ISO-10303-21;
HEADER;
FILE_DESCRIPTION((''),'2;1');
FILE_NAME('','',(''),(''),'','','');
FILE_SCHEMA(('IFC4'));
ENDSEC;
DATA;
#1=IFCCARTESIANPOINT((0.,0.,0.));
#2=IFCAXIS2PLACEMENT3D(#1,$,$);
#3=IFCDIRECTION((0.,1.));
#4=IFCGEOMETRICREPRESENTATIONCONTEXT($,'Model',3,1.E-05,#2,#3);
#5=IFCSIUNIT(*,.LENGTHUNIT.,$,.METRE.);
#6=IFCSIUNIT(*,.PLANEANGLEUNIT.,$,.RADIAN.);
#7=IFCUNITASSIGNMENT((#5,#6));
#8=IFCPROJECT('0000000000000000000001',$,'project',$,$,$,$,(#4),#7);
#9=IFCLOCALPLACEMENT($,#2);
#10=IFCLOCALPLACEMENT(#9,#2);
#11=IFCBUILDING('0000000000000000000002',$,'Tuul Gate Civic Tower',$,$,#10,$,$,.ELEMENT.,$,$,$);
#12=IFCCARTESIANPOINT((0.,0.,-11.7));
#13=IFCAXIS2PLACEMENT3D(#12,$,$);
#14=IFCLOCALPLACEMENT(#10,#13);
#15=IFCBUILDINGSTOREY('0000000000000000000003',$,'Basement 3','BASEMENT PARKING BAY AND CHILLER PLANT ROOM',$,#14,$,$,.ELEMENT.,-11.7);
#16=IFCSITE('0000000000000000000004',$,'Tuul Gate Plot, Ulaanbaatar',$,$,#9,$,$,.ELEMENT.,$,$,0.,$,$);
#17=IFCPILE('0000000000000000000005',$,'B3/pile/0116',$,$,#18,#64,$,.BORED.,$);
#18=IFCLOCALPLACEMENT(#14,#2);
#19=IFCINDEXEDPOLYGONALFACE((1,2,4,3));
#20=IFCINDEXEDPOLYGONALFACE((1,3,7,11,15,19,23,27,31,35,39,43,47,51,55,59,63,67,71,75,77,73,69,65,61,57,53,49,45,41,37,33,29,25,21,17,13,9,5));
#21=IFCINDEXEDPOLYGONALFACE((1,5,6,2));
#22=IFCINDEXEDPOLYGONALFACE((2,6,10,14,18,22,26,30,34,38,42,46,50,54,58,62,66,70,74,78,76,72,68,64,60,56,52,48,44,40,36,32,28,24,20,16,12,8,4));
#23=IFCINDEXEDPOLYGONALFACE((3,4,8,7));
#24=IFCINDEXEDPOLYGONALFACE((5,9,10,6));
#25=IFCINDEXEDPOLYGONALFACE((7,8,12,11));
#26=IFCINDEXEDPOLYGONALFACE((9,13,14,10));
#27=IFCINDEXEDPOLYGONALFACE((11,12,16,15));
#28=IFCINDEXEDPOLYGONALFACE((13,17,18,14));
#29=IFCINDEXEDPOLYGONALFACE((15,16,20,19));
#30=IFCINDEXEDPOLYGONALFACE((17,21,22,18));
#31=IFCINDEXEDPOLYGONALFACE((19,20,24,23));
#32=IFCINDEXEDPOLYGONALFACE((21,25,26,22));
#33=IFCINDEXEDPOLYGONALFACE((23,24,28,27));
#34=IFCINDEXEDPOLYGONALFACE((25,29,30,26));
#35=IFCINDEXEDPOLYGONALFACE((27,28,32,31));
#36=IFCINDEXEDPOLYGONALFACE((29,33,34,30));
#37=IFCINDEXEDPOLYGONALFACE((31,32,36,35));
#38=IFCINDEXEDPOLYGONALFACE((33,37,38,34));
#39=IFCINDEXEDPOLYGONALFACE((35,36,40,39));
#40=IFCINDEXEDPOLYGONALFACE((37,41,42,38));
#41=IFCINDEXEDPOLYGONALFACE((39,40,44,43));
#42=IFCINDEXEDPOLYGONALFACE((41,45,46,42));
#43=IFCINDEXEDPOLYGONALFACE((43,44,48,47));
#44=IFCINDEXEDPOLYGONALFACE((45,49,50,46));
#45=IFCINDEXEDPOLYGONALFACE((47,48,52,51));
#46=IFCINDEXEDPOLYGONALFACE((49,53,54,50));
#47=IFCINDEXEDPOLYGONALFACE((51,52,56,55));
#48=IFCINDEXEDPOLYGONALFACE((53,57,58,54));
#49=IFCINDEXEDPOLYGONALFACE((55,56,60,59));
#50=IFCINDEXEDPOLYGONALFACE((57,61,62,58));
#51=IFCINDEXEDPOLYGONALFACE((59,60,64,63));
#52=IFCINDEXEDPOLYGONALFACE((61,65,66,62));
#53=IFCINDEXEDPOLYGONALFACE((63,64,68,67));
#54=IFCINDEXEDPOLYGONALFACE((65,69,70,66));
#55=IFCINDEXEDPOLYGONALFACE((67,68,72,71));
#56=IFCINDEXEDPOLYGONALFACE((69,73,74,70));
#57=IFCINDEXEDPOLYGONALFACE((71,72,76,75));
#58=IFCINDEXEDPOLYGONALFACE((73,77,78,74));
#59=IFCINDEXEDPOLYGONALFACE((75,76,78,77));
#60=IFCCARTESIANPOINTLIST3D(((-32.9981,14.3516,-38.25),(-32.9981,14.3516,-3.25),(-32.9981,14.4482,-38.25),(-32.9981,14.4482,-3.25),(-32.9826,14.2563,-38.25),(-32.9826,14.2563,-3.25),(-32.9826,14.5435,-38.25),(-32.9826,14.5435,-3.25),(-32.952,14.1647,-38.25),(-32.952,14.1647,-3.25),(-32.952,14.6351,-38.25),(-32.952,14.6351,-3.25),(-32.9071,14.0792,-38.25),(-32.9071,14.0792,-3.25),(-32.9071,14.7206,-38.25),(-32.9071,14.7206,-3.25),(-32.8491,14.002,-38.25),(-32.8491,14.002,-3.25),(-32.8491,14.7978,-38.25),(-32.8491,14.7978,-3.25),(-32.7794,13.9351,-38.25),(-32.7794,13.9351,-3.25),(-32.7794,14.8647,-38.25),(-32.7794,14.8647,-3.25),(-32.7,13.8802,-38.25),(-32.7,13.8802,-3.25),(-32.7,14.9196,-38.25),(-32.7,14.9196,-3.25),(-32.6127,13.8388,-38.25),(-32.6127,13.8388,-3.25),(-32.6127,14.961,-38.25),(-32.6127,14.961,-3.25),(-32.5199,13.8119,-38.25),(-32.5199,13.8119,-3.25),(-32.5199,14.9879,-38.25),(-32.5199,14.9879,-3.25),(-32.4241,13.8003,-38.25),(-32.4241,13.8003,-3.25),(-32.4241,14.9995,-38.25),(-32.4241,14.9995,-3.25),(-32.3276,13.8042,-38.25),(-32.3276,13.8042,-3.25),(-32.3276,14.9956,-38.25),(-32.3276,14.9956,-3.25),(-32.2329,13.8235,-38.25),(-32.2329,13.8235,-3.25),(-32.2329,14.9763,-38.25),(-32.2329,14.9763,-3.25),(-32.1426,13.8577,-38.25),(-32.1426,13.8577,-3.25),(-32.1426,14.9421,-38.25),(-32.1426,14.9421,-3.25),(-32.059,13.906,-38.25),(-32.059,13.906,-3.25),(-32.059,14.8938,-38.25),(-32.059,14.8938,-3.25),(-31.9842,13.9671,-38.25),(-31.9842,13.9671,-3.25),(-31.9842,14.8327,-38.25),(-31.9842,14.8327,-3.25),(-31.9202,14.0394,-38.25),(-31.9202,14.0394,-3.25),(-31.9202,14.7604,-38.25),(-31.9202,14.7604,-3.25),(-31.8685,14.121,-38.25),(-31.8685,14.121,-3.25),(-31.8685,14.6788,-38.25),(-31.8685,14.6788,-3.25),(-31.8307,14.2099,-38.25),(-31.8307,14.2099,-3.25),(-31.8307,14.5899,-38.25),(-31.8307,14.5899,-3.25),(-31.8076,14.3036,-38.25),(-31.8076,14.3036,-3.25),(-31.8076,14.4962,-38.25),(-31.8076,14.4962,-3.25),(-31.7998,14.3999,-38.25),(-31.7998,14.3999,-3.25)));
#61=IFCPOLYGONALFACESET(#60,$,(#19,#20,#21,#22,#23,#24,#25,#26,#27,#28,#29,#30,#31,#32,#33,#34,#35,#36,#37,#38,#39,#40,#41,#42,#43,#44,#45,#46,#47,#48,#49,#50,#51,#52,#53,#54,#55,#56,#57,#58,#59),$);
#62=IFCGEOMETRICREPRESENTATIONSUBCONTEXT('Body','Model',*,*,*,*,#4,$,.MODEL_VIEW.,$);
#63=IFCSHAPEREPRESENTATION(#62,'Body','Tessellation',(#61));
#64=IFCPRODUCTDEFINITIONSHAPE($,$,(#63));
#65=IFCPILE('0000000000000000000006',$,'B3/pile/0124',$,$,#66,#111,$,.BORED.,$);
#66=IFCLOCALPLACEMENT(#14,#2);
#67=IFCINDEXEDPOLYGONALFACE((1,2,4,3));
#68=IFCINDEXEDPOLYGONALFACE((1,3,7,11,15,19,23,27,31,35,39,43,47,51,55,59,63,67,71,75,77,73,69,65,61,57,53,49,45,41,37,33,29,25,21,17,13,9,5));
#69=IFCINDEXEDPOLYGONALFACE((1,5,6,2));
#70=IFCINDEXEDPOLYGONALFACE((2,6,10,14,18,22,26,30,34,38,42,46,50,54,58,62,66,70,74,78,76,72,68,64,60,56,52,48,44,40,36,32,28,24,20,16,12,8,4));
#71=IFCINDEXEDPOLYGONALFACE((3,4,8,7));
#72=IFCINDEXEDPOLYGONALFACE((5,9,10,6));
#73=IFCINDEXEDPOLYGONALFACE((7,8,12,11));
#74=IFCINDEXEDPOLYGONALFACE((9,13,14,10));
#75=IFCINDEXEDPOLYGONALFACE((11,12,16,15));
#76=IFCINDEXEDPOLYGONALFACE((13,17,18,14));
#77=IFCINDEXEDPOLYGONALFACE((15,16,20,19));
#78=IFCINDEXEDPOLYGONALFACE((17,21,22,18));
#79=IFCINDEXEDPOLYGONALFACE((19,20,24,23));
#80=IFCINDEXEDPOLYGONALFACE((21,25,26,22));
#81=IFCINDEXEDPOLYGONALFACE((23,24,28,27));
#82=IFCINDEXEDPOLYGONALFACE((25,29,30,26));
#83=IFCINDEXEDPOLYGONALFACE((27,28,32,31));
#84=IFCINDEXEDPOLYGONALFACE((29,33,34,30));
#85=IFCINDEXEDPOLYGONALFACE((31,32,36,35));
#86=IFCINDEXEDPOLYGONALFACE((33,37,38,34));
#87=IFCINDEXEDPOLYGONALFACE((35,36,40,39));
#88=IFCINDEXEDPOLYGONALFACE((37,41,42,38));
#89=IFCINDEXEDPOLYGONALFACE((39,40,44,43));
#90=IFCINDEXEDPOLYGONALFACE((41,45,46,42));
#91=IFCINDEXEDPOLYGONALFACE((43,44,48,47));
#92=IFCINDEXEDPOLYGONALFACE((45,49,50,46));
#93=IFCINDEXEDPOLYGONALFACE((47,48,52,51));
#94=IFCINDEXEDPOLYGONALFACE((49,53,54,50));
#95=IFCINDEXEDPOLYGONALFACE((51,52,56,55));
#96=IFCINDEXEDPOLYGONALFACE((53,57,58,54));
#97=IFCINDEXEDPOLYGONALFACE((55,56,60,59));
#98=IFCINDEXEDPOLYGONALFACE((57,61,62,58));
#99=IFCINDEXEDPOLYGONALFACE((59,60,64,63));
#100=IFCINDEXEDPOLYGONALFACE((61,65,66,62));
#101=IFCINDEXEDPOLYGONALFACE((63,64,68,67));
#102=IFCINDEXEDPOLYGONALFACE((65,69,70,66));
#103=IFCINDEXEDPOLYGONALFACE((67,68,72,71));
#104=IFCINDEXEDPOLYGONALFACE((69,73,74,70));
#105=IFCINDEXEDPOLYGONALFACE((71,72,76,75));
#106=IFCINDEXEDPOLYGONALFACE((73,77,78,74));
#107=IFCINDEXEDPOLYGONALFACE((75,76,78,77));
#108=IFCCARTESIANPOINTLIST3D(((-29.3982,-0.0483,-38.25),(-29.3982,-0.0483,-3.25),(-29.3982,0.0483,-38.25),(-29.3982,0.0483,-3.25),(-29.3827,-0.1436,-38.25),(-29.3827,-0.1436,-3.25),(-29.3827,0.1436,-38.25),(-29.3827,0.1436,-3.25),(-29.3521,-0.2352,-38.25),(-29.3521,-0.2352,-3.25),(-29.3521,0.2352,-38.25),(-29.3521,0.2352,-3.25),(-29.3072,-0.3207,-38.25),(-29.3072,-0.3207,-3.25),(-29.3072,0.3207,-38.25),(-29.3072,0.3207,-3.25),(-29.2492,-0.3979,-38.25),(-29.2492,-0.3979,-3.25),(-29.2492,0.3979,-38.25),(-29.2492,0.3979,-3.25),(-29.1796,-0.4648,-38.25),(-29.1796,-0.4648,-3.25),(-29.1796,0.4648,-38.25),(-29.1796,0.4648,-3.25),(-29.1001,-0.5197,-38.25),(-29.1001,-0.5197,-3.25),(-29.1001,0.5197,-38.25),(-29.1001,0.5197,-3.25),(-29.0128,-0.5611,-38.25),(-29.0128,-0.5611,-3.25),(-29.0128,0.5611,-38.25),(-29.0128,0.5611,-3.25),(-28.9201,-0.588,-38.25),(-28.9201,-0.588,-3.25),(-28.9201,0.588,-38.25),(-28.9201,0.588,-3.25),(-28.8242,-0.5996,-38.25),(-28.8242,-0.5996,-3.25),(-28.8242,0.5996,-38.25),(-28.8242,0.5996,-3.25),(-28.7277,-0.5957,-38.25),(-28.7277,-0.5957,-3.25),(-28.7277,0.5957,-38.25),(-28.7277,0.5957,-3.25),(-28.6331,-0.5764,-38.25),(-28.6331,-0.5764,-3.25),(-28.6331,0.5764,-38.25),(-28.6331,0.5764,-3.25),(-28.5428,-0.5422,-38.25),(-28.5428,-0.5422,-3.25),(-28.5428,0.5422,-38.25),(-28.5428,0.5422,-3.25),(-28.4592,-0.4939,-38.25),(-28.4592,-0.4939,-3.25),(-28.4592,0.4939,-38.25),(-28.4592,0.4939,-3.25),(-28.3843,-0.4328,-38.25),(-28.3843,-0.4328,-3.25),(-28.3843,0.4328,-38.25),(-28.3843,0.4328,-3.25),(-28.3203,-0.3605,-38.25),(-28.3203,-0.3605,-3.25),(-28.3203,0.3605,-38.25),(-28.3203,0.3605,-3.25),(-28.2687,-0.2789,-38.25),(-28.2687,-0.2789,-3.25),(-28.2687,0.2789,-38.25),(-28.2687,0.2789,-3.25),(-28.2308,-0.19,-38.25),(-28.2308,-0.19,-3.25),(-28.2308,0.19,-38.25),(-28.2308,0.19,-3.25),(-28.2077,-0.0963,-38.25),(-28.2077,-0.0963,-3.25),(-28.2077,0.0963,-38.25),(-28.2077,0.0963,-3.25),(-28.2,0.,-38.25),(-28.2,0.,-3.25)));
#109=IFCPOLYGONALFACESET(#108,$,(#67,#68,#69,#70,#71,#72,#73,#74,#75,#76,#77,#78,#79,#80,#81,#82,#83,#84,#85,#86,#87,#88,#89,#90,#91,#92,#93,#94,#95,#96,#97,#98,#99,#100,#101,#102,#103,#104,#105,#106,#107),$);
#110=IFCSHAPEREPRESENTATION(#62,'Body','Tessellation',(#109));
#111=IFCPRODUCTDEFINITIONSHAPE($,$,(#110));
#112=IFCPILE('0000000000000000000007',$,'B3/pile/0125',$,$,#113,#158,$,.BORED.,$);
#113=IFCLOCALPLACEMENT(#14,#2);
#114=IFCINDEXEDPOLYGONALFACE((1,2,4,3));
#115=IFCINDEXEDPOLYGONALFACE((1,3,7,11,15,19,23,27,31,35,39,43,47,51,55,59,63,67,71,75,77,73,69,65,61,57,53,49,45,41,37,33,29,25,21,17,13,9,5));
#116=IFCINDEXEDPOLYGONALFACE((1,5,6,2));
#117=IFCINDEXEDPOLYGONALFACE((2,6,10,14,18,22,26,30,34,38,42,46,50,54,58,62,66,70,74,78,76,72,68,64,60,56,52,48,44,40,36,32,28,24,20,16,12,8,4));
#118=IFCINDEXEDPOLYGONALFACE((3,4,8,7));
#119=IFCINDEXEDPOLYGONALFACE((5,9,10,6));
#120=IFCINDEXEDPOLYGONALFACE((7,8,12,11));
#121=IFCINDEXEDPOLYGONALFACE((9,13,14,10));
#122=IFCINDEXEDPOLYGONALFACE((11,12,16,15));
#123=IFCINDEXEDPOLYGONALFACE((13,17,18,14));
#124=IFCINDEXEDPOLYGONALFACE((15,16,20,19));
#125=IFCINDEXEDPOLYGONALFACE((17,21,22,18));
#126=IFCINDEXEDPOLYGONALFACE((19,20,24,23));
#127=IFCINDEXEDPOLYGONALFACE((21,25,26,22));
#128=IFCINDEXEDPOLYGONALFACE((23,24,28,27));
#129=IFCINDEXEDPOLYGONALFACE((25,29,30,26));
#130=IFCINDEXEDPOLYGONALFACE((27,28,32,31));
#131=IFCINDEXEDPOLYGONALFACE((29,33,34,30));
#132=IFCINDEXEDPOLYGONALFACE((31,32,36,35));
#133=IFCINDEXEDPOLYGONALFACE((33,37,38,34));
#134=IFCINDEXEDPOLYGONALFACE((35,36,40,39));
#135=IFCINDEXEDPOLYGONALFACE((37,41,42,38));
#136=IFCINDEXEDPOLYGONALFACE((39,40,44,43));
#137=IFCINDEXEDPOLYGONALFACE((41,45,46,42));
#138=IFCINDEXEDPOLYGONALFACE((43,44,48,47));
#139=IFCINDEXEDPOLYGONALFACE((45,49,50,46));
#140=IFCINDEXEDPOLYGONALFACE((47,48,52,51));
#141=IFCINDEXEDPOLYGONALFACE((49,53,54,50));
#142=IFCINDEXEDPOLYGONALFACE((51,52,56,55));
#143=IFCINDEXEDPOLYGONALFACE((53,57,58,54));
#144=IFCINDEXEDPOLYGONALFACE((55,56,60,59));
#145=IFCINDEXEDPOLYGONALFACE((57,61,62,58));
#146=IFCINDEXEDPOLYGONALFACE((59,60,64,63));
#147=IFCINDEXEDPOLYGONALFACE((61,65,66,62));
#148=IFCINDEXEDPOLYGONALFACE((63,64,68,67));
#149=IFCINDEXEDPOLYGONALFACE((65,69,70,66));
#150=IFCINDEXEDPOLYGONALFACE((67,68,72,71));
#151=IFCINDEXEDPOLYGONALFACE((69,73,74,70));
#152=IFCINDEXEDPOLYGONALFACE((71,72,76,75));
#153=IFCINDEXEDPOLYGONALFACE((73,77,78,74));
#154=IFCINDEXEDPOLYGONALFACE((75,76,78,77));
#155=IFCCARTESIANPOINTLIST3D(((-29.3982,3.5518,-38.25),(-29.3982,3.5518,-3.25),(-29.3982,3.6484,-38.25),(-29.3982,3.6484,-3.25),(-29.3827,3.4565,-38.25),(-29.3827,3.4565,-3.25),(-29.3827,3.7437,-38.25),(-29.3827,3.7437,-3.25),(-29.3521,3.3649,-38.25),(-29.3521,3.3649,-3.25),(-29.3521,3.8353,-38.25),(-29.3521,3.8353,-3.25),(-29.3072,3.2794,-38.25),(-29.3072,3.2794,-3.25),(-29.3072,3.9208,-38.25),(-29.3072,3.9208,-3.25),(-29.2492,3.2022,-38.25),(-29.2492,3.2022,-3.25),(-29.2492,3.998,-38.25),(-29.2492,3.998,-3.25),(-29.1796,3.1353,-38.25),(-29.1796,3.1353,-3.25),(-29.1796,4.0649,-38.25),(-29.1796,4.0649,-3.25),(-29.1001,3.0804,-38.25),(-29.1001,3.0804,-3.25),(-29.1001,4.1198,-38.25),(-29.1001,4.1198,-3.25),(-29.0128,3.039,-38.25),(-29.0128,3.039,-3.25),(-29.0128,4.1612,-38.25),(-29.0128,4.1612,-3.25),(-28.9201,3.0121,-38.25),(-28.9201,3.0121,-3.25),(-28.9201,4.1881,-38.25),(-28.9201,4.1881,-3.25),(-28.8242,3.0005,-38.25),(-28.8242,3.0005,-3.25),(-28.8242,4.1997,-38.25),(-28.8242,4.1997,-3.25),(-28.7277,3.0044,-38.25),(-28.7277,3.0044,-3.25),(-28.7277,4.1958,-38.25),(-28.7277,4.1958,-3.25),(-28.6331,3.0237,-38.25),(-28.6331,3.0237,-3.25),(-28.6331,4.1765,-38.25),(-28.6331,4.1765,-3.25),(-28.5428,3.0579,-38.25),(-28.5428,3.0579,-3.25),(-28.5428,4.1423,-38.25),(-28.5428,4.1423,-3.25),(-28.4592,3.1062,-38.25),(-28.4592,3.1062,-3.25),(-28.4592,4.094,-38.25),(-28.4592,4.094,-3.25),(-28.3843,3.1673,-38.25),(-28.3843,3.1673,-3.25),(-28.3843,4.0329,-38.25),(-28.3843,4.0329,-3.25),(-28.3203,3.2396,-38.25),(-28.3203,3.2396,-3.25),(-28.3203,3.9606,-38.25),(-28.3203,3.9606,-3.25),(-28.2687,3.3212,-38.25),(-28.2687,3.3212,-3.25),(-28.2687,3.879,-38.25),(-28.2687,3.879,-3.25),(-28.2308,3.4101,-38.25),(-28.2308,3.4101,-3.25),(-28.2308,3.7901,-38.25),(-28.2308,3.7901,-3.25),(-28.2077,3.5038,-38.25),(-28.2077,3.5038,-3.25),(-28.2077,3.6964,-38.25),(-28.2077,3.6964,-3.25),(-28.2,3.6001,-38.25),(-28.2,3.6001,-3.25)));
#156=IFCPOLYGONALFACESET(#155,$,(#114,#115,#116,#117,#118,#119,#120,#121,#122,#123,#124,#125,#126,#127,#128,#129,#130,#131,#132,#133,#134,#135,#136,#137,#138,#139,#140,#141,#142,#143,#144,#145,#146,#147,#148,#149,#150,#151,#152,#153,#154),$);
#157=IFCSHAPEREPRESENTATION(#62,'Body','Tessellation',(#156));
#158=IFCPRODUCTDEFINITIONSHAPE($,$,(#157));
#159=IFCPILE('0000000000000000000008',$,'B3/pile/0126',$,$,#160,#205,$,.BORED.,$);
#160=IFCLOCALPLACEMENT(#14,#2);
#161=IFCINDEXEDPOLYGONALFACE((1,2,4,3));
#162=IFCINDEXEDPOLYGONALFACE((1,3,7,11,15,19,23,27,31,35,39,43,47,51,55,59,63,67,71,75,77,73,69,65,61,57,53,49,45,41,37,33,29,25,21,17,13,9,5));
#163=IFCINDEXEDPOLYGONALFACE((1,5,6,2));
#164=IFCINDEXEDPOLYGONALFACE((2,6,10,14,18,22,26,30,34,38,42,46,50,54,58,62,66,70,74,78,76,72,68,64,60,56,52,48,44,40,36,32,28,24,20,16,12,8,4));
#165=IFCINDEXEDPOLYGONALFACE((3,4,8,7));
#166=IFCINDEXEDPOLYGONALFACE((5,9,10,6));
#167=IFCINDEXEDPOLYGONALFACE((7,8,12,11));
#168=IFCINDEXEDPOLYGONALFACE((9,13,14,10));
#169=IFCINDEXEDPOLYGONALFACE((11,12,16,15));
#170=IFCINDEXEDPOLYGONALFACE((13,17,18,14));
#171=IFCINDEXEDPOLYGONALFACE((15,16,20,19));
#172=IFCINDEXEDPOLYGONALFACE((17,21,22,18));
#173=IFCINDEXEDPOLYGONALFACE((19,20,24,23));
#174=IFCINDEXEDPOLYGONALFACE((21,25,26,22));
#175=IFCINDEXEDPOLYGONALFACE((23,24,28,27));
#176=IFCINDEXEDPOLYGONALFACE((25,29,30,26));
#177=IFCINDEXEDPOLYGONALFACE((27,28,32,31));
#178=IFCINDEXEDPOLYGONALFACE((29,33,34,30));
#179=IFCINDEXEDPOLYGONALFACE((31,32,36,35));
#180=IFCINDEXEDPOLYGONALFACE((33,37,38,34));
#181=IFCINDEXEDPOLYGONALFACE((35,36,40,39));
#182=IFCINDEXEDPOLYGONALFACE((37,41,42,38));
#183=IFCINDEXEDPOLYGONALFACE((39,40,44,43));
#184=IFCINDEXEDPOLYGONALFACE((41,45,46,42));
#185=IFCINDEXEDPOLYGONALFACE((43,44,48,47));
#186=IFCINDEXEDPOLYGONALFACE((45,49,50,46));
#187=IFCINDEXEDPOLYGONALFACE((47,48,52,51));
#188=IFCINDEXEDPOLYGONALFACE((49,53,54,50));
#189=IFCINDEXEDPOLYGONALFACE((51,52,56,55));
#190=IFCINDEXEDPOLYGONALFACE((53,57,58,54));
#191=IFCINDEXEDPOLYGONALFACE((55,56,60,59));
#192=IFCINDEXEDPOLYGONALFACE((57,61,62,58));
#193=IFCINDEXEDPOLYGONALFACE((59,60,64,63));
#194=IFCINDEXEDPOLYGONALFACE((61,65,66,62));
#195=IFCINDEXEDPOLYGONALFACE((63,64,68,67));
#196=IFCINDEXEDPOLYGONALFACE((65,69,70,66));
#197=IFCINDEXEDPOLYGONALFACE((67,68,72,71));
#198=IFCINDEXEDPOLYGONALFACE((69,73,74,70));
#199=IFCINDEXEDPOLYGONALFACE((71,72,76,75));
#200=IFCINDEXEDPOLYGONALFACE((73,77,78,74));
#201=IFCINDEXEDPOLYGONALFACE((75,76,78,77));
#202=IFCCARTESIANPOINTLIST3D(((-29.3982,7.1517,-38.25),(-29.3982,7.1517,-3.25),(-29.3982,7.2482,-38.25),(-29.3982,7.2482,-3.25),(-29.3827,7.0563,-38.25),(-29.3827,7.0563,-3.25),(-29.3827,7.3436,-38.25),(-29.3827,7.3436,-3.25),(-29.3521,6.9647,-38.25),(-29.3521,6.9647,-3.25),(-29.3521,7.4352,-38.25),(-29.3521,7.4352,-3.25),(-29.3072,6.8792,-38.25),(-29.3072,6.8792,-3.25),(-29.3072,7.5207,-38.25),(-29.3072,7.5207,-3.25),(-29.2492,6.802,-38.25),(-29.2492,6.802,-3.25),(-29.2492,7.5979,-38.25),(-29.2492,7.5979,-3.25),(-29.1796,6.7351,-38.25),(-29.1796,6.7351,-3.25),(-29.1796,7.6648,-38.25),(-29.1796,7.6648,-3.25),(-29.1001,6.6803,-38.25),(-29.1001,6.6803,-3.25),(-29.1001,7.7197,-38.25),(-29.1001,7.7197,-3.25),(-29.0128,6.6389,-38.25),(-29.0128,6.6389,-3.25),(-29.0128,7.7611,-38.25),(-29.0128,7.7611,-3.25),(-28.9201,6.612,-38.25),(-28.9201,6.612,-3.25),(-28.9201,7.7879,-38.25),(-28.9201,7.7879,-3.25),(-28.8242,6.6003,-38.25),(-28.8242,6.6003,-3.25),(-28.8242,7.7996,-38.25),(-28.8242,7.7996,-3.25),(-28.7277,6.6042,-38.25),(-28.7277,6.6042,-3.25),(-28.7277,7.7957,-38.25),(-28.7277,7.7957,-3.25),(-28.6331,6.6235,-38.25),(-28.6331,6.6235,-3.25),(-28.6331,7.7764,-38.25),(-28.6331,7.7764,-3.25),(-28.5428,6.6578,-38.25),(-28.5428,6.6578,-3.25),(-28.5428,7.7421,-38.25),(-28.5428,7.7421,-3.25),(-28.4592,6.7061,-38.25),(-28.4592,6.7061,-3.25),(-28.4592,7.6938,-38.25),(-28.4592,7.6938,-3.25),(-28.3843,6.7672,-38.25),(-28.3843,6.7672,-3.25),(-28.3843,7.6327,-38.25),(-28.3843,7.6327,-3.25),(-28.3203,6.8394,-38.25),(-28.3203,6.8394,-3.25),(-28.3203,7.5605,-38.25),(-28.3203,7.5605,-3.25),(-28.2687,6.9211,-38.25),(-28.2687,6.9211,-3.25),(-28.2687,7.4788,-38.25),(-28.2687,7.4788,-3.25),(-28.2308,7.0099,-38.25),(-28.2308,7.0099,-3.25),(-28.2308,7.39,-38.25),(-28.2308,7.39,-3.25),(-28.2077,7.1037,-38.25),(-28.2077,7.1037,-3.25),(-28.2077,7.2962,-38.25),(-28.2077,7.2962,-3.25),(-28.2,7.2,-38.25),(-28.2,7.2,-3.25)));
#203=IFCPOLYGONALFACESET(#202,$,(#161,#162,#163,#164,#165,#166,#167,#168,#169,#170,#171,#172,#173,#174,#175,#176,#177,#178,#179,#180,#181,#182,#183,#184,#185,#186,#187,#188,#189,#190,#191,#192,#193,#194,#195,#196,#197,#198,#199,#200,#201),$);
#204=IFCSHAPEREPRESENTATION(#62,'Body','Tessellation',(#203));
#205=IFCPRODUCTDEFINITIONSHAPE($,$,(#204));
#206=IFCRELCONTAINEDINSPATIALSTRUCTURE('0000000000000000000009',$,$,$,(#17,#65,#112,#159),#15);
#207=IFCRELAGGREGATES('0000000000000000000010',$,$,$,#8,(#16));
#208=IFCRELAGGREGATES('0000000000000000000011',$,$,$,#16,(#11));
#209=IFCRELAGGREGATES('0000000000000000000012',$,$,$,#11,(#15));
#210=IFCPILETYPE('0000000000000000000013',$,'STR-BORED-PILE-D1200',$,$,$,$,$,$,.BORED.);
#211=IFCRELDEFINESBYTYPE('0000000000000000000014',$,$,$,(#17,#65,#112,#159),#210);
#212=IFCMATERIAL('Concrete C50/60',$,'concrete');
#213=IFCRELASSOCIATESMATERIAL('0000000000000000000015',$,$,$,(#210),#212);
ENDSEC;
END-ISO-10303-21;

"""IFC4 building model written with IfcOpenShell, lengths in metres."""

from ifc_helpers import new_model, si_unit, direction, frame, origin, origin_2d, place, context, subcontext, project, spatial, circle, extrude, material, material_profile, profile_set, type_object, element, save


model = new_model("IFC4")

# Units and contexts
model_context = context("Model", 3, precision=1e-05, world=origin(), true_north=direction((0.0, 1.0)))
body_context = subcontext(model_context, "Body", "Model", "MODEL_VIEW")
ifc_project = project(units=[si_unit("LENGTHUNIT", "METRE"), si_unit("PLANEANGLEUNIT", "RADIAN")], contexts=[model_context])

# Site, building, storey
site_placement = place(None, origin())
site = spatial("IfcSite", under=ifc_project, at=site_placement, Name="Tuul Gate Plot, Ulaanbaatar", CompositionType="ELEMENT", RefElevation=0.0)
building_placement = place(site_placement, origin())
building = spatial("IfcBuilding", under=site, at=building_placement, Name="Tuul Gate Civic Tower", CompositionType="ELEMENT")
storey_placement = place(building_placement, frame((0.0, 0.0, -11.7)))
storey = spatial("IfcBuildingStorey", under=building, at=storey_placement, Name="Basement 3", Description="BASEMENT PARKING BAY AND CHILLER PLANT ROOM", CompositionType="ELEMENT", Elevation=-11.7)

# Piles
ifc_material_1 = material(Name="Concrete C50/60", Category="concrete")
ifc_material_profile_1 = material_profile(ifc_material_1, circle(Radius=0.6001, at=origin_2d()), Name="PILE1200")
ifc_profile_set_1 = profile_set([ifc_material_profile_1], Name="Concrete C50/60")
pile_type = type_object("IfcPileType", Name="STR-BORED-PILE-D1200", PredefinedType="BORED", material=ifc_profile_set_1)
for number, where, z_axis, x_axis, name in (
    (1, (-32.3999, 14.3999, -3.25), (0.0, 0.0, -1.0), (1.0, 0.0, 0.0), "B3/pile/0116"),
    (2, (-28.8, 0.0, -3.25), (0.0, 0.0, -1.0), (1.0, 0.0, 0.0), "B3/pile/0124"),
    (3, (-28.8, 3.6001, -3.25), (0.0, 0.0, -1.0), (1.0, 0.0, 0.0), "B3/pile/0125"),
    (4, (-28.8, 7.2, -3.25), (0.0, 0.0, -1.0), (1.0, 0.0, 0.0), "B3/pile/0126"),
):
    element("IfcPile", number, at=place(storey_placement, frame(where, z_axis=z_axis, x_axis=x_axis)), inside=storey, type_object=pile_type, Name=name, PredefinedType="BORED", context=body_context, shape_type="SweptSolid", body=[
        extrude(circle(Radius=0.6001, at=origin_2d()), origin(), (0.0, 0.0, 1.0), 35.0),
    ])

save(model, "model.ifc")
